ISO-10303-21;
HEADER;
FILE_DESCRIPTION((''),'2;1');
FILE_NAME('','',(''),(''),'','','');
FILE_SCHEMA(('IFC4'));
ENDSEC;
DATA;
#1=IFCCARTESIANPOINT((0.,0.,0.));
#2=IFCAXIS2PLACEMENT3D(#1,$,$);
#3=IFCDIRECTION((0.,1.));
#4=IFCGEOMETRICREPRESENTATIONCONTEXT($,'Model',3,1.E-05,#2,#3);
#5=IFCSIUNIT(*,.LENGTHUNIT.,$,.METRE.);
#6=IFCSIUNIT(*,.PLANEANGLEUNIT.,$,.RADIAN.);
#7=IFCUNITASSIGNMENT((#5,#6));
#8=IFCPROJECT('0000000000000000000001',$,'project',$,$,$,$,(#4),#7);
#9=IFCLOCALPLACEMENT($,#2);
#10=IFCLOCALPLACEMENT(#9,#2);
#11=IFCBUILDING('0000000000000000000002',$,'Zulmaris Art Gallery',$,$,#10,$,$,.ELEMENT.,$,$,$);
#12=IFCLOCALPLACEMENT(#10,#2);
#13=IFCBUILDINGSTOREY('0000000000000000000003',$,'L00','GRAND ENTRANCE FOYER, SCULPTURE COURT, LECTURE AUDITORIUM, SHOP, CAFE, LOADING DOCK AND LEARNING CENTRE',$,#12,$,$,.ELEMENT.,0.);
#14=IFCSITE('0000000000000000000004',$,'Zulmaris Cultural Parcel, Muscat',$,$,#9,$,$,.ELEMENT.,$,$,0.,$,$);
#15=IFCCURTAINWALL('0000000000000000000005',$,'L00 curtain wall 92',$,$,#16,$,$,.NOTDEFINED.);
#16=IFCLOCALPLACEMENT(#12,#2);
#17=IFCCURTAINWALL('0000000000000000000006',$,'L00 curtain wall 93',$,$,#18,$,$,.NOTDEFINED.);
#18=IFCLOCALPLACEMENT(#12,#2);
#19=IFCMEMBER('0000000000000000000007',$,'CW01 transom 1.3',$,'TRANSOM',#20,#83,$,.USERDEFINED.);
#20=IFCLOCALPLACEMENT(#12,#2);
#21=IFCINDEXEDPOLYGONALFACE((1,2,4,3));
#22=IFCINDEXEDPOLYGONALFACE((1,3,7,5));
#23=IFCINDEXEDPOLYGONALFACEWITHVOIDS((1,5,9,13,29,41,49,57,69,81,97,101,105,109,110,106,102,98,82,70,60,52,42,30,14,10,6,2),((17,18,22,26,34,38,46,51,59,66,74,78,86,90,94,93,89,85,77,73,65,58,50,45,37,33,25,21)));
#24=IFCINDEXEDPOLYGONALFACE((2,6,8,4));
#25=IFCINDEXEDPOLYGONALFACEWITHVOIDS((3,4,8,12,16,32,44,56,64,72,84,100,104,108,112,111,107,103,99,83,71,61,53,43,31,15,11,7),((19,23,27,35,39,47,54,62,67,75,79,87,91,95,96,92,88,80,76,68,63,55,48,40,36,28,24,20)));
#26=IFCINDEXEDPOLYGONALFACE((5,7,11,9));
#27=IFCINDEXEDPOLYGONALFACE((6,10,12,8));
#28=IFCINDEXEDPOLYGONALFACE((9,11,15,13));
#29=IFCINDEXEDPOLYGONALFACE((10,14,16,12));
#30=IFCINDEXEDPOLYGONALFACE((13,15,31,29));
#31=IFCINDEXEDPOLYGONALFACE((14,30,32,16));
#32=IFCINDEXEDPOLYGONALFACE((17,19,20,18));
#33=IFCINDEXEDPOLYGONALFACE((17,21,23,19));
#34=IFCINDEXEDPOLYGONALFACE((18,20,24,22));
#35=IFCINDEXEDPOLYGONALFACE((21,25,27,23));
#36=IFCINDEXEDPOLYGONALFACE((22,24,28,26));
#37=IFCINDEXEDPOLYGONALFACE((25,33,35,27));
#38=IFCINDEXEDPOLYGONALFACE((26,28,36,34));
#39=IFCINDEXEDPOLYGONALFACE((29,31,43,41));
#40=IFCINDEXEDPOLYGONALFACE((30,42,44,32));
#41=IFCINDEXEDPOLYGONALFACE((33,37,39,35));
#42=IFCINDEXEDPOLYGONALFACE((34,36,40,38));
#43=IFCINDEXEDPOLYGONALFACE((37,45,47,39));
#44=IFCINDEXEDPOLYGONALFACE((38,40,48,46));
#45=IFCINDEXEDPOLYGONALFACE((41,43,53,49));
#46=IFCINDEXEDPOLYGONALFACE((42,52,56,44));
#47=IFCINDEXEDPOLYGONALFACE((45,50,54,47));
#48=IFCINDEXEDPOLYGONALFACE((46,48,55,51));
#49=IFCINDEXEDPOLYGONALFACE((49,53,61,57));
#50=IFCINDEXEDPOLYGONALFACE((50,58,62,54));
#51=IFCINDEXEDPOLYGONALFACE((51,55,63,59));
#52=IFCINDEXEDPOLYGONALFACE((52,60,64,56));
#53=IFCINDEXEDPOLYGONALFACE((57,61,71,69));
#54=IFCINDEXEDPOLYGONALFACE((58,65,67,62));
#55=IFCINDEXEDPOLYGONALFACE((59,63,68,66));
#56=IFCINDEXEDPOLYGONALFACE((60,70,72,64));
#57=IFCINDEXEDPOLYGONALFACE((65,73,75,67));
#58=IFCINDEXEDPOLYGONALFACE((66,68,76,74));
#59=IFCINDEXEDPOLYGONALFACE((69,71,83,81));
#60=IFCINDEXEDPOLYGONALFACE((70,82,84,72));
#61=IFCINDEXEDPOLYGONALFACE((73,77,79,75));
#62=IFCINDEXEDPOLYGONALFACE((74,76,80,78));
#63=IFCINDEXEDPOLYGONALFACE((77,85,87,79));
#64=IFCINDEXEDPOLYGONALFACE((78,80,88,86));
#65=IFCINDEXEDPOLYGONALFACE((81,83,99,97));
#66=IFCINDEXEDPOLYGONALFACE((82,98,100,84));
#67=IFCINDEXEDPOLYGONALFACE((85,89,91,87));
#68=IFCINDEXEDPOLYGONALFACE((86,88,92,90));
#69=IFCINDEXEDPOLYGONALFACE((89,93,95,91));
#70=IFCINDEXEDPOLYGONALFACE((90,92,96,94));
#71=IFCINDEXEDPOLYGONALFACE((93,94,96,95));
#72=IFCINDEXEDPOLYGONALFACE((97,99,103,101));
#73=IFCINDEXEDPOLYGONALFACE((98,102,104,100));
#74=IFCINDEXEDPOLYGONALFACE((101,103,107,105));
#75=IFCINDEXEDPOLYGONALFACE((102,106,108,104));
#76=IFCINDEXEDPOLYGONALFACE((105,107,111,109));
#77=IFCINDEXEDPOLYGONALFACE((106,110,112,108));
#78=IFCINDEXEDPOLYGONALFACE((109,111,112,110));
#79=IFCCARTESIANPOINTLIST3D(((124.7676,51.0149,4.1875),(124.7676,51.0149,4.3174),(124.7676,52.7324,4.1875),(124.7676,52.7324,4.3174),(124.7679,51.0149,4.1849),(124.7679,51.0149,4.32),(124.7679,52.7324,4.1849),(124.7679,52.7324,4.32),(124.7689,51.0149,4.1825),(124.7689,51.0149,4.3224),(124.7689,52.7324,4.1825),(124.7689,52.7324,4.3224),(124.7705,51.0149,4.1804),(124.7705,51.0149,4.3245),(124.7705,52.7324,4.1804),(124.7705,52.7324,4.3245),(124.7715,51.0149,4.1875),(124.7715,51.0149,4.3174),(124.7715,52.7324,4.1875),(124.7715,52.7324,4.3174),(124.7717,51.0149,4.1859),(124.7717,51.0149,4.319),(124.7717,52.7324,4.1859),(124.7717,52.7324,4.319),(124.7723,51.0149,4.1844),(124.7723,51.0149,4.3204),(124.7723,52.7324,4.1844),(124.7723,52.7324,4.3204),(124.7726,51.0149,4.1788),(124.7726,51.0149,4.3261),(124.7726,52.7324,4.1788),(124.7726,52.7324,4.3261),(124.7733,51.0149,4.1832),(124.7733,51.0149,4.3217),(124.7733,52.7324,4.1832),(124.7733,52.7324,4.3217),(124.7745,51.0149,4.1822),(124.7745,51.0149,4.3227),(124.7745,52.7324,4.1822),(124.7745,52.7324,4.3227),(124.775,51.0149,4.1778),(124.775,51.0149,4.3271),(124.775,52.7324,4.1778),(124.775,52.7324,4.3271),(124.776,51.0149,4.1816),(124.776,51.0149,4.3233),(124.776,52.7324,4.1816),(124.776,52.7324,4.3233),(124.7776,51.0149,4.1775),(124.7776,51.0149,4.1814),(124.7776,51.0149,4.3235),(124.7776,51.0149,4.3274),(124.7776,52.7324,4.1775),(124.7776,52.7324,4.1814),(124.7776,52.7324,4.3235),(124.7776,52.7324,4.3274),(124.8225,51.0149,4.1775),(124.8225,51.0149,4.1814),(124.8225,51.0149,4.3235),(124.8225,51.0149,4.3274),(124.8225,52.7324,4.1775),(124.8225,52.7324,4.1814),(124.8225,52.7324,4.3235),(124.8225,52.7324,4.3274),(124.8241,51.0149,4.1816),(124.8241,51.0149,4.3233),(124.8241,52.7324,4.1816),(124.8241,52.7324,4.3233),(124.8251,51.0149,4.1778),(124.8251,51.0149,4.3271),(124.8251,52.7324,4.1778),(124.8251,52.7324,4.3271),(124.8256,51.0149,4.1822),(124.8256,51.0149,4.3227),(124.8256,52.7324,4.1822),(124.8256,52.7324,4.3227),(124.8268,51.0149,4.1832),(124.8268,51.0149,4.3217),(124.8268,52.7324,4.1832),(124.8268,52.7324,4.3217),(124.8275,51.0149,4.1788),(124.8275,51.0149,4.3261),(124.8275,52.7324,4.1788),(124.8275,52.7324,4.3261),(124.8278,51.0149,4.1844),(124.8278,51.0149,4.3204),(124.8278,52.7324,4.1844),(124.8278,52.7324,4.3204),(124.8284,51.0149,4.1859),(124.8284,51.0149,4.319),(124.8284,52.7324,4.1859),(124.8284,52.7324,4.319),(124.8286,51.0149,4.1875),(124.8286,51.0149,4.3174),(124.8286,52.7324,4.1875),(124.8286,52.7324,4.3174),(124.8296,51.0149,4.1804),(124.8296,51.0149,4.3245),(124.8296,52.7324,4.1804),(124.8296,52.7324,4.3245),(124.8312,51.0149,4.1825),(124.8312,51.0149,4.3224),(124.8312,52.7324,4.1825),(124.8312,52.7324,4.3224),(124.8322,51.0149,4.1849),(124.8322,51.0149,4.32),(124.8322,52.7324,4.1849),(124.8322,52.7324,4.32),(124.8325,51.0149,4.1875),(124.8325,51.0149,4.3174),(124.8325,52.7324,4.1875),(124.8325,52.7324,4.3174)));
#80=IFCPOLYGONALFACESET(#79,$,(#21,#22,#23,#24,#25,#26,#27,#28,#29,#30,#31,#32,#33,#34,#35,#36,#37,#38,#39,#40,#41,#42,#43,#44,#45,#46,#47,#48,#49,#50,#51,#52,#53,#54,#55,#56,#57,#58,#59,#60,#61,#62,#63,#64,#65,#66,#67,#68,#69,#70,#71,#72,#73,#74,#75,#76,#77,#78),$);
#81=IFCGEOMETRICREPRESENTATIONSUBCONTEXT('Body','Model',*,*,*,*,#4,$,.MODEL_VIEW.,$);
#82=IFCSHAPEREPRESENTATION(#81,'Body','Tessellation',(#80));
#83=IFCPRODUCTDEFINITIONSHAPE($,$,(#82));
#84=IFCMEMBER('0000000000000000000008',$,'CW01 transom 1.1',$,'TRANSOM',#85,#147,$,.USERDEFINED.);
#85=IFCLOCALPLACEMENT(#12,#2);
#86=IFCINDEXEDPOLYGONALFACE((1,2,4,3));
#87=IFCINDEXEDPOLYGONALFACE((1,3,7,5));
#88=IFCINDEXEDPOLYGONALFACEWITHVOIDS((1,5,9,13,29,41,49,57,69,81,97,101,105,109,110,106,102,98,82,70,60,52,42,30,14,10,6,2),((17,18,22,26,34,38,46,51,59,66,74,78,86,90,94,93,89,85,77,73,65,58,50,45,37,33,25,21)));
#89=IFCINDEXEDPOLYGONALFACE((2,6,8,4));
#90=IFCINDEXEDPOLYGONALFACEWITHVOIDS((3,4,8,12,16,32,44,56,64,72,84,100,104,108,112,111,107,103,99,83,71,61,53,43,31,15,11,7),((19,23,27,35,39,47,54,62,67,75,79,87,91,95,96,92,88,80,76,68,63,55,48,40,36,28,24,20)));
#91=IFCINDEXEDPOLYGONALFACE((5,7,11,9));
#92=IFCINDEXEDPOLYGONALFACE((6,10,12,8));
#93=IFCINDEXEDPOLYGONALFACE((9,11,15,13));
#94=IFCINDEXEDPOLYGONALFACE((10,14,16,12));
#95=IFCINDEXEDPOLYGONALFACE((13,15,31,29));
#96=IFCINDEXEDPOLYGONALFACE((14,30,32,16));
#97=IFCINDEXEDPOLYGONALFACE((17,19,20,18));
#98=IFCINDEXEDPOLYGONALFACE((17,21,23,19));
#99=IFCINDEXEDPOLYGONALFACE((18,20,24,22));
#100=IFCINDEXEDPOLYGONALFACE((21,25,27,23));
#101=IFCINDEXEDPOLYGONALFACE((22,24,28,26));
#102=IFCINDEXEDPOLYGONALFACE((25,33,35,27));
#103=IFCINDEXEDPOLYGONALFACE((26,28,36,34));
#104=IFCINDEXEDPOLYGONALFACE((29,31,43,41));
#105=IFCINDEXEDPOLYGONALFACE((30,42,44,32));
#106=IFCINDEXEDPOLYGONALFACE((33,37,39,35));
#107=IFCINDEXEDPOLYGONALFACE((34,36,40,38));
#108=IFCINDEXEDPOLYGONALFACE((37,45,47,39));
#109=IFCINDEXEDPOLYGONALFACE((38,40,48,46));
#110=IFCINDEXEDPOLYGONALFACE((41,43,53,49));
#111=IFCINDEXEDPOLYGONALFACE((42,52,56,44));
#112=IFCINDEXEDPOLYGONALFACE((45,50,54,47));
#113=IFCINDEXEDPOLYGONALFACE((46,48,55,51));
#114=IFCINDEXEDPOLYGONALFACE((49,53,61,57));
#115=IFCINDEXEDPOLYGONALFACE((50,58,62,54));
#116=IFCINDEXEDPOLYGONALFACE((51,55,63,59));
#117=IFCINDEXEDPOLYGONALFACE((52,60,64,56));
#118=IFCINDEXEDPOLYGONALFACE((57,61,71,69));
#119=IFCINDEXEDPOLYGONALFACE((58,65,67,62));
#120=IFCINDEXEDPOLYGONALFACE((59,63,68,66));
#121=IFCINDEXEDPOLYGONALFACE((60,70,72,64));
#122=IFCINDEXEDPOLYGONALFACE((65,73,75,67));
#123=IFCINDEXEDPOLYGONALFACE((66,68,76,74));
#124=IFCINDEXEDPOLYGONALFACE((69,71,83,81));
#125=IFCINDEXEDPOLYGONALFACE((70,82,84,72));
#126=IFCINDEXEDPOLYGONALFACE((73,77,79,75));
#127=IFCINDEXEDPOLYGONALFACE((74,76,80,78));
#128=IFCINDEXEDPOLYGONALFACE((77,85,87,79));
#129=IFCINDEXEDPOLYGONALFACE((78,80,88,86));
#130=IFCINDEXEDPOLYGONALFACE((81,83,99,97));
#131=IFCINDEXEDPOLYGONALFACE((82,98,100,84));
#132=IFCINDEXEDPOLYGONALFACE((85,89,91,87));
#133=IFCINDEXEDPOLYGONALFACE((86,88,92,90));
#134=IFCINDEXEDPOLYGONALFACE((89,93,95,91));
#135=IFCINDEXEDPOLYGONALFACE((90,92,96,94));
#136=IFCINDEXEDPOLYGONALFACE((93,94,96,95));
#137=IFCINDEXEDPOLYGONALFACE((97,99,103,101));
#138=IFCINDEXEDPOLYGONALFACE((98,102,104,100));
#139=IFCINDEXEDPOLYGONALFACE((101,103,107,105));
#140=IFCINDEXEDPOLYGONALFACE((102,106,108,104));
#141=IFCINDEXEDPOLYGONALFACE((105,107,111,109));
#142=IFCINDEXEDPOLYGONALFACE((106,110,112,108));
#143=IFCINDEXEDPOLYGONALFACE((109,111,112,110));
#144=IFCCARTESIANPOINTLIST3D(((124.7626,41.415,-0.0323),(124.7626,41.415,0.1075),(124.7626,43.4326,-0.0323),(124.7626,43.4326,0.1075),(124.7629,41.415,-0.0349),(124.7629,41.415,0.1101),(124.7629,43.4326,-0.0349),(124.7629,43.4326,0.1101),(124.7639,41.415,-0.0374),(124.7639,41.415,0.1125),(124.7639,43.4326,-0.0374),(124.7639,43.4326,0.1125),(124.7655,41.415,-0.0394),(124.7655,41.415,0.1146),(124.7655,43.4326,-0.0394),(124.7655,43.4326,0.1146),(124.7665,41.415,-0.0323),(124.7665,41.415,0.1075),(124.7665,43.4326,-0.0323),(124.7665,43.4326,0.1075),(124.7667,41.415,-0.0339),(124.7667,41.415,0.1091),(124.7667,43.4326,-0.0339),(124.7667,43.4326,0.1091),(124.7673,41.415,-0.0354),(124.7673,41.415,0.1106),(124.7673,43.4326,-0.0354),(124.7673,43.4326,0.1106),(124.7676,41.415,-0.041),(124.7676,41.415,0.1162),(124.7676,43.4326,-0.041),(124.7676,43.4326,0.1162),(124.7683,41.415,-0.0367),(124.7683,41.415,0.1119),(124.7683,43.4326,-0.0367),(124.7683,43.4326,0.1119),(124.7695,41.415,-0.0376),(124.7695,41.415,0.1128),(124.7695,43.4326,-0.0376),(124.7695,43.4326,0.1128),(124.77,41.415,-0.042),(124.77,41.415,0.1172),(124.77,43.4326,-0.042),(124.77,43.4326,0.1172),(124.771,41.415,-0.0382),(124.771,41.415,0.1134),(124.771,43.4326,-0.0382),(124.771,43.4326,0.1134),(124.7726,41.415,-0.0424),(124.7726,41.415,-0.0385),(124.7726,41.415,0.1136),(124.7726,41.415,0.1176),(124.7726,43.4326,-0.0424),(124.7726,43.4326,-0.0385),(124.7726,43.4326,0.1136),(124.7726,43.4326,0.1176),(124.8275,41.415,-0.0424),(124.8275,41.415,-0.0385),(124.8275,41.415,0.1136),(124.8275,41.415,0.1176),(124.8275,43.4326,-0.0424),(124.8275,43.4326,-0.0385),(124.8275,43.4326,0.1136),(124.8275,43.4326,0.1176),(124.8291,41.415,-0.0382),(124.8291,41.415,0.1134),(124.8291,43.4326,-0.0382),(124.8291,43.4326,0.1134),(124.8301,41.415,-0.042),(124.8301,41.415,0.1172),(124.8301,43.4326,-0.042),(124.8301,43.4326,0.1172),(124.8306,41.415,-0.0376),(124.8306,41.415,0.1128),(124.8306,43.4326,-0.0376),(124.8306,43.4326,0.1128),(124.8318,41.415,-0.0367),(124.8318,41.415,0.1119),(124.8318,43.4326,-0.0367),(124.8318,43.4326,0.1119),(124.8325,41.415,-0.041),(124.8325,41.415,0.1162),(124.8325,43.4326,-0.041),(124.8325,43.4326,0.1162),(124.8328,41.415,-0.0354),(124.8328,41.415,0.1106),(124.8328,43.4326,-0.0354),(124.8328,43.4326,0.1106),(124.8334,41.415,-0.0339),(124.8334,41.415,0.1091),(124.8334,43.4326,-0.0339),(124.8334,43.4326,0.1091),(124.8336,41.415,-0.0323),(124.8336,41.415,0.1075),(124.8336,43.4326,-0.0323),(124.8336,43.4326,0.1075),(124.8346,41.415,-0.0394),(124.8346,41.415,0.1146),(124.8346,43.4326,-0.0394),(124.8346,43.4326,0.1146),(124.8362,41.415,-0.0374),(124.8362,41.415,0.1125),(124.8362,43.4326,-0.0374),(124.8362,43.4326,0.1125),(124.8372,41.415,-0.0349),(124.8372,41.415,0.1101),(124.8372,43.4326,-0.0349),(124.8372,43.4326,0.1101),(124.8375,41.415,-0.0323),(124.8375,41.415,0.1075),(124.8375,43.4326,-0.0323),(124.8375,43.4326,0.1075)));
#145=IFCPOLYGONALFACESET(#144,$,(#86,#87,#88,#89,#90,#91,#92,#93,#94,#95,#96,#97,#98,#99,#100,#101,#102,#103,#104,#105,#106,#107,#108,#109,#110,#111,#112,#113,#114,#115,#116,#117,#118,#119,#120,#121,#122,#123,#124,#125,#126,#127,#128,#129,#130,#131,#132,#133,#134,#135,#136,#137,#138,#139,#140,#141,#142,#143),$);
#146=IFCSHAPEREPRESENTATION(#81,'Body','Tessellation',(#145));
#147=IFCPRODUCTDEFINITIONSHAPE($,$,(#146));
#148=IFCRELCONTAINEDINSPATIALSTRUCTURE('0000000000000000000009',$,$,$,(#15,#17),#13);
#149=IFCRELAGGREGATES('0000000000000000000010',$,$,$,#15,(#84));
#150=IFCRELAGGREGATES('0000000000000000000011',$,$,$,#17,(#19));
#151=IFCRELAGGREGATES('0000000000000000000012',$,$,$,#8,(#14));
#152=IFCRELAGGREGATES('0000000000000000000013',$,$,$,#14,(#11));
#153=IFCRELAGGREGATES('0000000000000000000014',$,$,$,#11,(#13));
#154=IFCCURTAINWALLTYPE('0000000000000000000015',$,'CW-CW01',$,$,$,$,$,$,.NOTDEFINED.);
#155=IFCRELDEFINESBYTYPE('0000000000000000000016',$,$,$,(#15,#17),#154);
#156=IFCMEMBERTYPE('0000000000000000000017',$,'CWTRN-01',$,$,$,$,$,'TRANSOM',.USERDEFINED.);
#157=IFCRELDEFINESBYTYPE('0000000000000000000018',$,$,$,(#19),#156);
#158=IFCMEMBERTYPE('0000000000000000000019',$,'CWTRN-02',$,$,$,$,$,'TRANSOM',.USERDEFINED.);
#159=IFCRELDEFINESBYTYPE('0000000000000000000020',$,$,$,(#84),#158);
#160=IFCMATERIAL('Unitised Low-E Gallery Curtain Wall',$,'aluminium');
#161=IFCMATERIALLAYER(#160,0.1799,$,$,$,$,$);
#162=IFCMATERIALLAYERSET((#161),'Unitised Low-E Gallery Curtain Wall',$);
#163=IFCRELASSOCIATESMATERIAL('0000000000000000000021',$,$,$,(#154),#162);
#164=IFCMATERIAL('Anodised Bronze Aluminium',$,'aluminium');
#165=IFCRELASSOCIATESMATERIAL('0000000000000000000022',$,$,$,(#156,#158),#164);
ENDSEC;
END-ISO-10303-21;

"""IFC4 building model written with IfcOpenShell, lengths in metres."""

from ifc_helpers import new_model, si_unit, direction, frame, origin, origin_2d, place, context, subcontext, project, spatial, hollow_rectangle, extrude, material, layer, layer_set, material_profile, profile_set, type_object, element, aggregate, save


model = new_model("IFC4")

# Units and contexts
model_context = context("Model", 3, precision=1e-05, world=origin(), true_north=direction((0.0, 1.0)))
body_context = subcontext(model_context, "Body", "Model", "MODEL_VIEW")
ifc_project = project(units=[si_unit("LENGTHUNIT", "METRE"), si_unit("PLANEANGLEUNIT", "RADIAN")], contexts=[model_context])

# Site, building, storey
site_placement = place(None, origin())
site = spatial("IfcSite", under=ifc_project, at=site_placement, Name="Zulmaris Cultural Parcel, Muscat", CompositionType="ELEMENT", RefElevation=0.0)
building_placement = place(site_placement, origin())
building = spatial("IfcBuilding", under=site, at=building_placement, Name="Zulmaris Art Gallery", CompositionType="ELEMENT")
storey_placement = place(building_placement, origin())
storey = spatial("IfcBuildingStorey", under=building, at=storey_placement, Name="L00", Description="GRAND ENTRANCE FOYER, SCULPTURE COURT, LECTURE AUDITORIUM, SHOP, CAFE, LOADING DOCK AND LEARNING CENTRE", CompositionType="ELEMENT", Elevation=0.0)

# Curtain wall
ifc_material_1 = material(Name="Unitised Low-E Gallery Curtain Wall", Category="aluminium")
ifc_layer_1 = layer(ifc_material_1, 0.1799)
ifc_layer_set_1 = layer_set([ifc_layer_1], Name="Unitised Low-E Gallery Curtain Wall")
curtain_wall_type = type_object("IfcCurtainWallType", Name="CW-CW01", PredefinedType="NOTDEFINED", material=ifc_layer_set_1)
curtain_wall_1_placement = place(storey_placement, origin())
curtain_wall_1 = element("IfcCurtainWall", 1, at=curtain_wall_1_placement, inside=storey, type_object=curtain_wall_type, Name="L00 curtain wall 92", PredefinedType="NOTDEFINED")
ifc_material_2 = material(Name="Anodised Bronze Aluminium", Category="aluminium")

# Curtain wall, member
curtain_wall_2_placement = place(storey_placement, origin())
curtain_wall_2 = element("IfcCurtainWall", 2, at=curtain_wall_2_placement, inside=storey, type_object=curtain_wall_type, Name="L00 curtain wall 93", PredefinedType="NOTDEFINED")
ifc_material_profile_1 = material_profile(ifc_material_2, hollow_rectangle(XDim=0.0649, YDim=0.1499, WallThickness=0.0039, InnerFilletRadius=0.0061, OuterFilletRadius=0.01, at=origin_2d()), Name="ALU 65x150x4")
ifc_profile_set_1 = profile_set([ifc_material_profile_1], Name="Anodised Bronze Aluminium")
member_type_1 = type_object("IfcMemberType", Name="CWTRN-01", ElementType="TRANSOM", PredefinedType="USERDEFINED", material=ifc_profile_set_1)
member_1_placement = place(storey_placement, frame((124.8, 51.0149, 4.2524), z_axis=(0.0, 1.0, 0.0), x_axis=(-1.0, 0.0, 0.0)))
member_1 = element("IfcMember", 3, at=member_1_placement, type_object=member_type_1, Name="CW01 transom 1.3", ObjectType="TRANSOM", PredefinedType="USERDEFINED", context=body_context, shape_type="SweptSolid", body=[
    extrude(hollow_rectangle(XDim=0.0649, YDim=0.1499, WallThickness=0.0039, InnerFilletRadius=0.0061, OuterFilletRadius=0.01, at=origin_2d()), origin(), (0.0, 0.0, 1.0), 1.7175),
])

# Member
ifc_material_profile_2 = material_profile(ifc_material_2, hollow_rectangle(XDim=0.075, YDim=0.1599, WallThickness=0.0039, InnerFilletRadius=0.0061, OuterFilletRadius=0.01, at=origin_2d()), Name="ALU 75x160x4")
ifc_profile_set_2 = profile_set([ifc_material_profile_2], Name="Anodised Bronze Aluminium")
member_type_2 = type_object("IfcMemberType", Name="CWTRN-02", ElementType="TRANSOM", PredefinedType="USERDEFINED", material=ifc_profile_set_2)
member_2_placement = place(storey_placement, frame((124.8, 41.415, 0.0376), z_axis=(0.0, 1.0, 0.0), x_axis=(-1.0, 0.0, 0.0)))
member_2 = element("IfcMember", 4, at=member_2_placement, type_object=member_type_2, Name="CW01 transom 1.1", ObjectType="TRANSOM", PredefinedType="USERDEFINED", context=body_context, shape_type="SweptSolid", body=[
    extrude(hollow_rectangle(XDim=0.075, YDim=0.1599, WallThickness=0.0039, InnerFilletRadius=0.0061, OuterFilletRadius=0.01, at=origin_2d()), origin(), (0.0, 0.0, 1.0), 2.0176),
])

aggregate(curtain_wall_1, [member_2])
aggregate(curtain_wall_2, [member_1])

save(model, "model.ifc")
